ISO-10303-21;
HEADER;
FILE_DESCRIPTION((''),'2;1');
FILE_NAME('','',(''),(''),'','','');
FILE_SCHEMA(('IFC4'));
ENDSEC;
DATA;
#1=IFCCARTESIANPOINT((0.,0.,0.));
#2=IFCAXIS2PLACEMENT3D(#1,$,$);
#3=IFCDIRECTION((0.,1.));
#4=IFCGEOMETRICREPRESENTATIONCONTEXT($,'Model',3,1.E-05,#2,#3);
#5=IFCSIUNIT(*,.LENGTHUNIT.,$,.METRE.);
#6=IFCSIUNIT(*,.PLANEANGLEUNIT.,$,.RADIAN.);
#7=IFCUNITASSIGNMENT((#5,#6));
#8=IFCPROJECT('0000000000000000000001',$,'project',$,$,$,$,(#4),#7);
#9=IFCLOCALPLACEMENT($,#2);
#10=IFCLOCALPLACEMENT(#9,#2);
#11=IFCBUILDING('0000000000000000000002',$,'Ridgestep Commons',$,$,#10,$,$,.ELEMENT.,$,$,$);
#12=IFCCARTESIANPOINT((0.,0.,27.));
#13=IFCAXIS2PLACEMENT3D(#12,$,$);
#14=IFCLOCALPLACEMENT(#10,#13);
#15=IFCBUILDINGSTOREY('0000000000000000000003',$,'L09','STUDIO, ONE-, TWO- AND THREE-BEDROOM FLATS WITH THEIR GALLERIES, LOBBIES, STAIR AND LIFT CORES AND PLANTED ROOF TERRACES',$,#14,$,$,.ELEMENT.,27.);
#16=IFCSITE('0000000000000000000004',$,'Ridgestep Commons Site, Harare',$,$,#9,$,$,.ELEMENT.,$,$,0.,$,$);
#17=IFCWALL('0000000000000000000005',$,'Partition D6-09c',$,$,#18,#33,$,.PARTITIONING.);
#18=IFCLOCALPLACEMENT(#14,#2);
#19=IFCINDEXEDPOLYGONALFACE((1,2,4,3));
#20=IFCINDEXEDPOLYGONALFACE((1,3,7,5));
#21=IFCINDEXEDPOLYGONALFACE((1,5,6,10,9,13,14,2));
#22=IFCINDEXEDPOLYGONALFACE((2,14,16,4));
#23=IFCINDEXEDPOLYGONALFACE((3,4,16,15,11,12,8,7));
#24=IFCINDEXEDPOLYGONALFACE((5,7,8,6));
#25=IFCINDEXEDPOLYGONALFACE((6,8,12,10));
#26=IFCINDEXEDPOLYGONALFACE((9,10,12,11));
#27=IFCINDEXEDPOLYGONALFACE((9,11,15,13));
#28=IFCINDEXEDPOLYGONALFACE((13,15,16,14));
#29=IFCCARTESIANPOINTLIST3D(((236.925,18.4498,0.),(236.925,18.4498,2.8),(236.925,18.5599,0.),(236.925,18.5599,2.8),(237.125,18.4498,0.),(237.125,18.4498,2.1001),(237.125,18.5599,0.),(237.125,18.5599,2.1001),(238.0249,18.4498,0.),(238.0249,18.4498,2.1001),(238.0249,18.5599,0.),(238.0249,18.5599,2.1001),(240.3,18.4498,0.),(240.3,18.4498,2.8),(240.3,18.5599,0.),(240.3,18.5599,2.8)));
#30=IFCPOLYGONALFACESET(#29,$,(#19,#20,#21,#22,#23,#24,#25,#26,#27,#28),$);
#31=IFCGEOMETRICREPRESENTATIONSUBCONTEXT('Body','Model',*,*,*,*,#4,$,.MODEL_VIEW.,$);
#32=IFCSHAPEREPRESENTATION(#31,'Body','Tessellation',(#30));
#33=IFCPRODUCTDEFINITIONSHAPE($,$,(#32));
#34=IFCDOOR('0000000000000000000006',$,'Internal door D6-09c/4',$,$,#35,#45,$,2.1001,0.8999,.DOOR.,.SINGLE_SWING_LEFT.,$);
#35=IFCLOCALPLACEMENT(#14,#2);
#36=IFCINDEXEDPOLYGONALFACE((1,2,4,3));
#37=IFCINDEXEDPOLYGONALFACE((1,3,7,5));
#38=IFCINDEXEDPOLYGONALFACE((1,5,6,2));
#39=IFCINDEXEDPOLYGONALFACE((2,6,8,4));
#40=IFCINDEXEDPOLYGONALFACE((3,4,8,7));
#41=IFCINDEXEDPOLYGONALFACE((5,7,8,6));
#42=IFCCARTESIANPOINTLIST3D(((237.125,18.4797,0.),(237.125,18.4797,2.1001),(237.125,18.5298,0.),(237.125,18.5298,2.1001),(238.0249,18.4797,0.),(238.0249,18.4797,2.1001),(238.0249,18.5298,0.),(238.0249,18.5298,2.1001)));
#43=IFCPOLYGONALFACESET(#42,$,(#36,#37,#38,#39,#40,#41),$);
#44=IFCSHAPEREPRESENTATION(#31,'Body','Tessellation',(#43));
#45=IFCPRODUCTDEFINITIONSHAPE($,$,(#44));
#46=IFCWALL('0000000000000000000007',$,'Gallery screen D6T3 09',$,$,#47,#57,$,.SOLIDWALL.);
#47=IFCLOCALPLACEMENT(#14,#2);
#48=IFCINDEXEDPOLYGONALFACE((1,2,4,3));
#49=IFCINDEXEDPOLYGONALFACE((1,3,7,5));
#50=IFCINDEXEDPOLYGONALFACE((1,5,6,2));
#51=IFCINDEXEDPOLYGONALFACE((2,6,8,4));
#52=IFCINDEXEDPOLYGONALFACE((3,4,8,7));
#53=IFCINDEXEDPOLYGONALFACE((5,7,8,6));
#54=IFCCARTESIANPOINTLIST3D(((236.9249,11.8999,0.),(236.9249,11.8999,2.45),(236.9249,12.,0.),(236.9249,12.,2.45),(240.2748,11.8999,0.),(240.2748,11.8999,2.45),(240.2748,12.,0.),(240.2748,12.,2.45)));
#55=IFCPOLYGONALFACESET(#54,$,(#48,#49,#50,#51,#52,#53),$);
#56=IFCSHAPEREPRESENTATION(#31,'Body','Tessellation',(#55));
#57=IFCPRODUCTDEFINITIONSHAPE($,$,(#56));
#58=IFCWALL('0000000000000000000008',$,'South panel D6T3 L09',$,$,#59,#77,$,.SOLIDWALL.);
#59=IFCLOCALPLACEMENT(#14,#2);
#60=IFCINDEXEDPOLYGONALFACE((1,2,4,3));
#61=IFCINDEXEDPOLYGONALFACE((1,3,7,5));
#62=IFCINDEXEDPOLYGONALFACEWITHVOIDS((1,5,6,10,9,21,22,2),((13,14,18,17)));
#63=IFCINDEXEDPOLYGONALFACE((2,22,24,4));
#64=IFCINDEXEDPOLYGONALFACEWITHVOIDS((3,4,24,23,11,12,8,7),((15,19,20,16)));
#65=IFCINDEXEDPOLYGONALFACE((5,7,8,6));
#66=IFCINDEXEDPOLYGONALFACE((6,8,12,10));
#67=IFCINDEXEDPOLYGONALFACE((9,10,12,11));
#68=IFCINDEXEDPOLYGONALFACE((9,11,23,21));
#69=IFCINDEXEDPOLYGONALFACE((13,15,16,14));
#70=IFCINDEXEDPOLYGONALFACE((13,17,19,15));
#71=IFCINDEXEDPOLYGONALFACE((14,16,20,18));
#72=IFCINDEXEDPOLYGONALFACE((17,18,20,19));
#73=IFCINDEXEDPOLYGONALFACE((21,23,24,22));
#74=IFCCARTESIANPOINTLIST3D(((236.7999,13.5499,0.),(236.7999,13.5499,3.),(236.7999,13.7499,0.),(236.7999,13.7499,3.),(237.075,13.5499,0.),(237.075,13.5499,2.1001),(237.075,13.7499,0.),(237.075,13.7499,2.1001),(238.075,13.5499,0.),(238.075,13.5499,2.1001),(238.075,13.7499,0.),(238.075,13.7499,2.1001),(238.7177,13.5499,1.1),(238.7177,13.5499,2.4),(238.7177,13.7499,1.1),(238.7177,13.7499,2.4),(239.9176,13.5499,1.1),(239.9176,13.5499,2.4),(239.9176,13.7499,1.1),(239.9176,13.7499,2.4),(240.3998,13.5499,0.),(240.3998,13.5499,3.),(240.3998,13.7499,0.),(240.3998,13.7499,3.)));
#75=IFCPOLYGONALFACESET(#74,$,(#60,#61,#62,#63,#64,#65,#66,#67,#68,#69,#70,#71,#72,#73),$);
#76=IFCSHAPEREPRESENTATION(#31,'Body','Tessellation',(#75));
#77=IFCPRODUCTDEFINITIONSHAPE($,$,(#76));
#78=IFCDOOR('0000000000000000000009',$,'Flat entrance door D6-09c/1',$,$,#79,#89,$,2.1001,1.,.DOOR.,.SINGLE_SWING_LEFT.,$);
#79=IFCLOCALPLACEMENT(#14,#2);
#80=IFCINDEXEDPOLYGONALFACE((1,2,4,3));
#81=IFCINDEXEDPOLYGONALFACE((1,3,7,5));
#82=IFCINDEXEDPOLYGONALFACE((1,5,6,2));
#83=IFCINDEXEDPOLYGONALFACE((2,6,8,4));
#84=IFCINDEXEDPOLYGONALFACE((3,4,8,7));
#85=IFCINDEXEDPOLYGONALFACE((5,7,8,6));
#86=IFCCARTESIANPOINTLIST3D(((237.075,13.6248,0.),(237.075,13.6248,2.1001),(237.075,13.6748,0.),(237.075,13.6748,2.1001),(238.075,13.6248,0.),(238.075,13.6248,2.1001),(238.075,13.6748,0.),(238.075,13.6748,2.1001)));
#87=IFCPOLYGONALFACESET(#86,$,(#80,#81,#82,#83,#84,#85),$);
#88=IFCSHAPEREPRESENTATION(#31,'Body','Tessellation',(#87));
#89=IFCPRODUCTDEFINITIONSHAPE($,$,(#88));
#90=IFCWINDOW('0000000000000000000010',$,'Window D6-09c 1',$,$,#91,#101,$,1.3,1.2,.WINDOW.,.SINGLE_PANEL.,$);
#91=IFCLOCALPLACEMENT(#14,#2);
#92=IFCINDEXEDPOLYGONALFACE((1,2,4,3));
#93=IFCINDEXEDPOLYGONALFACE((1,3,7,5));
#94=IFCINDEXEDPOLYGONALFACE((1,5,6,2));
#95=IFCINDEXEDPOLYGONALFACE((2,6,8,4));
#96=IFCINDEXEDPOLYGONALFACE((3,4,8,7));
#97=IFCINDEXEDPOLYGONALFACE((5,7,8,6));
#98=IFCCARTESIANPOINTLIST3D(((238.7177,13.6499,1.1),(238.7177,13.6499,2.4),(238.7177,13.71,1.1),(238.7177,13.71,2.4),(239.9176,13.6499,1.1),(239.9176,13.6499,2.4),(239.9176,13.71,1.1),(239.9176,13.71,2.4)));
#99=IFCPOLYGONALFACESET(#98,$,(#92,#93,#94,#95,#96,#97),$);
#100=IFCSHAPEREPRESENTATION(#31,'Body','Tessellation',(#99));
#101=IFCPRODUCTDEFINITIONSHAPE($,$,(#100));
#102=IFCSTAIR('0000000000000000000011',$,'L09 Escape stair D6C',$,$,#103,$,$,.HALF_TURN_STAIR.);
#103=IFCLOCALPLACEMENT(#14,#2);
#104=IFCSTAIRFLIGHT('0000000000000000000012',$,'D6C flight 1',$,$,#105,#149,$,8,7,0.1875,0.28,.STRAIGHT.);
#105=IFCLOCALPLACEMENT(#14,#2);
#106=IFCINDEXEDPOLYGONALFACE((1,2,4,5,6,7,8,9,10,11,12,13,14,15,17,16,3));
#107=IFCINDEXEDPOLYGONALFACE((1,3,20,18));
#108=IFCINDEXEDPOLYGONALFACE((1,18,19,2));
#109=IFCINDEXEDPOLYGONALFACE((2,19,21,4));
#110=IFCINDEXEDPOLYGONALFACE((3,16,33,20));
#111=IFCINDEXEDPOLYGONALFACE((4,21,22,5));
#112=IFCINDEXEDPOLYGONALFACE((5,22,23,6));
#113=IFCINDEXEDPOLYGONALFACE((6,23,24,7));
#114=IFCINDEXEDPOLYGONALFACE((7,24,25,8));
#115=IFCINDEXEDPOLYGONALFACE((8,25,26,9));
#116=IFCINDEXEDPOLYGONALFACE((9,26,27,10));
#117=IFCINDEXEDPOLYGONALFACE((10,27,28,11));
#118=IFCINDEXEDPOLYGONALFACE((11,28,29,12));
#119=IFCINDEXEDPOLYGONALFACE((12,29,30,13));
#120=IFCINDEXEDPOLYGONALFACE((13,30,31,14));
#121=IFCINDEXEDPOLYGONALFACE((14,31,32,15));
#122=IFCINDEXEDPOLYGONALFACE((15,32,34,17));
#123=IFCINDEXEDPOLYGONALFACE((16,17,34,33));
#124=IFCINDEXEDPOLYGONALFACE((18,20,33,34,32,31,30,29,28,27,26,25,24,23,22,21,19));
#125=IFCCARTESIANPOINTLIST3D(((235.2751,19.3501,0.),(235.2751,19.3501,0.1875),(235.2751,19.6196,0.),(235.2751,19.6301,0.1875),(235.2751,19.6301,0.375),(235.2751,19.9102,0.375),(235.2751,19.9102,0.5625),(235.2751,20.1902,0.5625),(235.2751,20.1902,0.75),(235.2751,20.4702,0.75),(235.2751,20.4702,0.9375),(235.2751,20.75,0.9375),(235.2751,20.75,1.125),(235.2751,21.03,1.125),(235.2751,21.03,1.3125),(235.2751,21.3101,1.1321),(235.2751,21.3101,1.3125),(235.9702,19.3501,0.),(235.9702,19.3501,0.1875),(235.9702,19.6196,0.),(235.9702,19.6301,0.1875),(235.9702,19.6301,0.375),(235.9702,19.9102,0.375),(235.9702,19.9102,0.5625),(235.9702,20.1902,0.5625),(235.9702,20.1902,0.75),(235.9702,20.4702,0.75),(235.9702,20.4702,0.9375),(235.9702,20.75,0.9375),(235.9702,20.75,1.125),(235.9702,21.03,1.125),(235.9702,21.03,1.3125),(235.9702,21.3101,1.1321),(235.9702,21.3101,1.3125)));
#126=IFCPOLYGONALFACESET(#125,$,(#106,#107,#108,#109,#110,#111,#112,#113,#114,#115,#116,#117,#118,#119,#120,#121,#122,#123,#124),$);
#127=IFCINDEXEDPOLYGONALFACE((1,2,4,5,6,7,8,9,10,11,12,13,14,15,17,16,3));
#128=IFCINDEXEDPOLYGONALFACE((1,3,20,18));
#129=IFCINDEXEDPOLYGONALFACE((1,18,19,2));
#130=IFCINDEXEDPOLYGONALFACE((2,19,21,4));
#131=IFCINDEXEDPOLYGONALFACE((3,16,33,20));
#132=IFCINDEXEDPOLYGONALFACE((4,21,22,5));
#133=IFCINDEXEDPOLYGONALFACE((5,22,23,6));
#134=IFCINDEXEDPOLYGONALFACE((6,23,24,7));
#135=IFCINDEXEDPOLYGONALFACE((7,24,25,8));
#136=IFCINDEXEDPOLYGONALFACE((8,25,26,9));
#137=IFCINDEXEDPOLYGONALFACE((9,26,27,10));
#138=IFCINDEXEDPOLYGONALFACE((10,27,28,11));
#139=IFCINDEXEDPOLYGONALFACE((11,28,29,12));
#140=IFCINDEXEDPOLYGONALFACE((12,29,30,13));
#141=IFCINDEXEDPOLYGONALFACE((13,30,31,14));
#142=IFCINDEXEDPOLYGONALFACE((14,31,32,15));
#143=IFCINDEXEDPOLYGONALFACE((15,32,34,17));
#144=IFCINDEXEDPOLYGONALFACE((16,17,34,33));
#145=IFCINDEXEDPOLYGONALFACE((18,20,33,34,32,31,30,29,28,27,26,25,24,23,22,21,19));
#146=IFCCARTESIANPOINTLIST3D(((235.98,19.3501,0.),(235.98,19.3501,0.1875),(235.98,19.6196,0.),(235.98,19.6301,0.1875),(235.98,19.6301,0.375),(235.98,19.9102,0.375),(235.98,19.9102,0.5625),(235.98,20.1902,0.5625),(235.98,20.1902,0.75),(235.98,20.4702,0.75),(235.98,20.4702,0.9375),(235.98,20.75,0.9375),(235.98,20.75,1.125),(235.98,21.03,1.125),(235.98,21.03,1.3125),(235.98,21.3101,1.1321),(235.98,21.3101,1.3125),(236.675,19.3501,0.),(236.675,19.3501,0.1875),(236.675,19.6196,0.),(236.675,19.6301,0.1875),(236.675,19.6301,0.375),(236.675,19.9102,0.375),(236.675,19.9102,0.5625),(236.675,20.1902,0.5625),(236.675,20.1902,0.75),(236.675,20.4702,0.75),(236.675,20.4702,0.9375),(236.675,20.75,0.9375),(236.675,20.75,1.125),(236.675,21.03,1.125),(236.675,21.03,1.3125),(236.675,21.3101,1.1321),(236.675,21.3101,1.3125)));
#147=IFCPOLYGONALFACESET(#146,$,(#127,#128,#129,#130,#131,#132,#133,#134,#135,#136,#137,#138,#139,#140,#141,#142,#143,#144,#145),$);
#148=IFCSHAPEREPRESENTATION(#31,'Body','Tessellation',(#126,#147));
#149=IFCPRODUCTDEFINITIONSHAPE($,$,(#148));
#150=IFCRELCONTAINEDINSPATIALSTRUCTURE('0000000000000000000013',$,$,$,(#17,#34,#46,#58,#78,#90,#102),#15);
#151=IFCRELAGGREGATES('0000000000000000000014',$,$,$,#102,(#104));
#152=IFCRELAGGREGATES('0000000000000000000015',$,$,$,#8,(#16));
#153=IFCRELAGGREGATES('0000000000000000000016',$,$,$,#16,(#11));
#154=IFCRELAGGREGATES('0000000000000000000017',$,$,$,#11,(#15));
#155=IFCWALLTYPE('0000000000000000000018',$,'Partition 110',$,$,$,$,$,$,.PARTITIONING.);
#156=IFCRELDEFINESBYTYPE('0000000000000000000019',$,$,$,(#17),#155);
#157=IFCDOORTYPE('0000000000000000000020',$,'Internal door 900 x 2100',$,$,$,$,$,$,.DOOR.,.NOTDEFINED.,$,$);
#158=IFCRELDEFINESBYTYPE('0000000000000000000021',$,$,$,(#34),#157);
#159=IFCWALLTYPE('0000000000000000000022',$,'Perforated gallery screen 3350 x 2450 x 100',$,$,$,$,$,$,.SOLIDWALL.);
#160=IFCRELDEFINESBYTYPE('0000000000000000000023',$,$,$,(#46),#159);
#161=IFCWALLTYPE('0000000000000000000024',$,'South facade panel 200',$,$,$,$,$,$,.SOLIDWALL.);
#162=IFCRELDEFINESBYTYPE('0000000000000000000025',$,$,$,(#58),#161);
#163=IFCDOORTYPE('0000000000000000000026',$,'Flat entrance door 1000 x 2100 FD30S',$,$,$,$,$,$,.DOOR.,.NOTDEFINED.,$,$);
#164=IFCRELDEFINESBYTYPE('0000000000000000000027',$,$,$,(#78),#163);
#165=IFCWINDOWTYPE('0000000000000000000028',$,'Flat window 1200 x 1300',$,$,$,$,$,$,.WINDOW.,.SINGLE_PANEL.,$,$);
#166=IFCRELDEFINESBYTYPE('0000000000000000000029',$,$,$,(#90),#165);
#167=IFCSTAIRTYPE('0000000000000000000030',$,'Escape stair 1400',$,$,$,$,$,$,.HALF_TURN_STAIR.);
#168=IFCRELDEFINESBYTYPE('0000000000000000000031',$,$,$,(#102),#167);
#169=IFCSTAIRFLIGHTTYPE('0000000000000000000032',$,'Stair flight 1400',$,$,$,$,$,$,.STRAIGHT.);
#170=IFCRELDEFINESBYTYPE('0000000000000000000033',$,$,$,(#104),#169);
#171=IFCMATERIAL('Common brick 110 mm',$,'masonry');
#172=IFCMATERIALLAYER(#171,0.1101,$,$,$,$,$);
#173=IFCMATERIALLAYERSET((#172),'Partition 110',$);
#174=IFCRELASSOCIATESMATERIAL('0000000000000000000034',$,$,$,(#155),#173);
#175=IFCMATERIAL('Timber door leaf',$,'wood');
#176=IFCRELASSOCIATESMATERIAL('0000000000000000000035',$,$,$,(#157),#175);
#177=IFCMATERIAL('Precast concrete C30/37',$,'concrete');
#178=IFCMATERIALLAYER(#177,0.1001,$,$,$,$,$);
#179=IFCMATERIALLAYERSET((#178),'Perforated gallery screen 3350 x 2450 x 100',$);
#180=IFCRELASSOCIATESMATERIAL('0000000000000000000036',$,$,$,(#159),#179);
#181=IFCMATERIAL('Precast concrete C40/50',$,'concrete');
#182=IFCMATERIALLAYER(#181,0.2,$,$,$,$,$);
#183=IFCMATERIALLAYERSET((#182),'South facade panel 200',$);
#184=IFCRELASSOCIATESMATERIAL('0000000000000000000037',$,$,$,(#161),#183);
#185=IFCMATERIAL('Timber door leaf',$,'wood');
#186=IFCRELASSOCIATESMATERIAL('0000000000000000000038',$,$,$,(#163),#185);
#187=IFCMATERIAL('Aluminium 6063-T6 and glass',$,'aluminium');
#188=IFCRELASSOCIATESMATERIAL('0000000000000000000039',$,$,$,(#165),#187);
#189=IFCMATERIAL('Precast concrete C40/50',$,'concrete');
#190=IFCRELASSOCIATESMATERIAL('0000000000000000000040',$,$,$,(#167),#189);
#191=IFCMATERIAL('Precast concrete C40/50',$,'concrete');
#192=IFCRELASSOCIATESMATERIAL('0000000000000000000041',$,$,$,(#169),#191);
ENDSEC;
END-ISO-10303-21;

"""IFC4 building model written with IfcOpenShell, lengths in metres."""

from ifc_helpers import new_model, si_unit, direction, frame, frame_2d, origin, place, context, subcontext, project, spatial, polyline, rectangle, outline, extrude, material, layer, layer_set, type_object, element, fill, aggregate, save


model = new_model("IFC4")

# Units and contexts
model_context = context("Model", 3, precision=1e-05, world=origin(), true_north=direction((0.0, 1.0)))
body_context = subcontext(model_context, "Body", "Model", "MODEL_VIEW")
ifc_project = project(units=[si_unit("LENGTHUNIT", "METRE"), si_unit("PLANEANGLEUNIT", "RADIAN")], contexts=[model_context])

# Site, building, storey
site_placement = place(None, origin())
site = spatial("IfcSite", under=ifc_project, at=site_placement, Name="Ridgestep Commons Site, Harare", CompositionType="ELEMENT", RefElevation=0.0)
building_placement = place(site_placement, origin())
building = spatial("IfcBuilding", under=site, at=building_placement, Name="Ridgestep Commons", CompositionType="ELEMENT")
storey_placement = place(building_placement, frame((0.0, 0.0, 27.0)))
storey = spatial("IfcBuildingStorey", under=building, at=storey_placement, Name="L09", Description="STUDIO, ONE-, TWO- AND THREE-BEDROOM FLATS WITH THEIR GALLERIES, LOBBIES, STAIR AND LIFT CORES AND PLANTED ROOF TERRACES", CompositionType="ELEMENT", Elevation=27.0)

# Shared definitions
ifc_material_1 = material(Name="Common brick 110 mm", Category="masonry")
ifc_layer_1 = layer(ifc_material_1, 0.1101)
ifc_layer_set_1 = layer_set([ifc_layer_1], Name="Partition 110")
wall_type_1 = type_object("IfcWallType", Name="Partition 110", PredefinedType="PARTITIONING", material=ifc_layer_set_1)

# Wall, opening, door
wall_1_placement = place(storey_placement, frame((236.925, 18.5049, 0.0), z_axis=(0.0, 0.0, 1.0), x_axis=(1.0, 0.0, 0.0)))
wall_1 = element("IfcWall", 1, at=wall_1_placement, inside=storey, type_object=wall_type_1, Name="Partition D6-09c", PredefinedType="PARTITIONING", context=body_context, shape_type="SweptSolid", body=[
    extrude(rectangle(XDim=3.375, YDim=0.1101, at=frame_2d((1.6875, 0.0))), origin(), (0.0, 0.0, 1.0), 2.8),
])
opening_1_placement = place(wall_1_placement, frame((0.2, 0.0, 0.0)))
opening_1 = element("IfcOpeningElement", 2, at=opening_1_placement, cuts=wall_1, PredefinedType="OPENING", context=body_context, shape_type="SweptSolid", body=[
    extrude(rectangle(XDim=0.8999, YDim=2.1001, at=frame_2d((0.45, 1.05))), frame((0.0, 0.0649, 0.0), z_axis=(0.0, -1.0, 0.0), x_axis=(1.0, 0.0, 0.0)), (0.0, 0.0, 1.0), 0.1301),
])
ifc_material_2 = material(Name="Timber door leaf", Category="wood")
door_type_1 = type_object("IfcDoorType", Name="Internal door 900 x 2100", OperationType="NOTDEFINED", PredefinedType="DOOR", material=ifc_material_2)
door_1_placement = place(opening_1_placement, origin())
door_1 = element("IfcDoor", 3, at=door_1_placement, inside=storey, type_object=door_type_1, Name="Internal door D6-09c/4", OperationType="SINGLE_SWING_LEFT", OverallHeight=2.1001, OverallWidth=0.8999, PredefinedType="DOOR", context=body_context, shape_type="SweptSolid", body=[
    extrude(rectangle(XDim=0.8999, YDim=2.1001, at=frame_2d((0.45, 1.05))), frame((0.0, 0.0249, 0.0), z_axis=(0.0, -1.0, 0.0), x_axis=(1.0, 0.0, 0.0)), (0.0, 0.0, 1.0), 0.05),
])
fill(opening_1, door_1)

# Wall
ifc_material_3 = material(Name="Precast concrete C30/37", Category="concrete")
ifc_layer_2 = layer(ifc_material_3, 0.1001)
ifc_layer_set_2 = layer_set([ifc_layer_2], Name="Perforated gallery screen 3350 x 2450 x 100")
wall_type_2 = type_object("IfcWallType", Name="Perforated gallery screen 3350 x 2450 x 100", PredefinedType="SOLIDWALL", material=ifc_layer_set_2)
wall_2_placement = place(storey_placement, frame((236.925, 11.95, 0.0), z_axis=(0.0, 0.0, 1.0), x_axis=(1.0, 0.0, 0.0)))
element("IfcWall", 4, at=wall_2_placement, inside=storey, type_object=wall_type_2, Name="Gallery screen D6T3 09", PredefinedType="SOLIDWALL", context=body_context, shape_type="SweptSolid", body=[
    extrude(rectangle(XDim=3.3499, YDim=0.1001, at=frame_2d((1.6748, 0.0))), origin(), (0.0, 0.0, 1.0), 2.45),
])

# Wall, openings, door, window
ifc_material_4 = material(Name="Precast concrete C40/50", Category="concrete")
ifc_layer_3 = layer(ifc_material_4, 0.2)
ifc_layer_set_3 = layer_set([ifc_layer_3], Name="South facade panel 200")
wall_type_3 = type_object("IfcWallType", Name="South facade panel 200", PredefinedType="SOLIDWALL", material=ifc_layer_set_3)
wall_3_placement = place(storey_placement, frame((236.8, 13.6499, 0.0), z_axis=(0.0, 0.0, 1.0), x_axis=(1.0, 0.0, 0.0)))
wall_3 = element("IfcWall", 5, at=wall_3_placement, inside=storey, type_object=wall_type_3, Name="South panel D6T3 L09", PredefinedType="SOLIDWALL", context=body_context, shape_type="SweptSolid", body=[
    extrude(rectangle(XDim=3.5999, YDim=0.2, at=frame_2d((1.7998, 0.0))), origin(), (0.0, 0.0, 1.0), 3.0),
])
opening_2_placement = place(wall_3_placement, frame((1.9175, 0.0, 1.1001)))
opening_2 = element("IfcOpeningElement", 6, at=opening_2_placement, cuts=wall_3, PredefinedType="OPENING", context=body_context, shape_type="SweptSolid", body=[
    extrude(rectangle(XDim=1.2, YDim=1.3, at=frame_2d((0.6001, 0.6499))), frame((0.0, 0.1099, 0.0), z_axis=(0.0, -1.0, 0.0), x_axis=(1.0, 0.0, 0.0)), (0.0, 0.0, 1.0), 0.22),
])
opening_3_placement = place(wall_3_placement, frame((0.2749, 0.0, 0.0)))
opening_3 = element("IfcOpeningElement", 7, at=opening_3_placement, cuts=wall_3, PredefinedType="OPENING", context=body_context, shape_type="SweptSolid", body=[
    extrude(rectangle(XDim=1.0, YDim=2.1001, at=frame_2d((0.5, 1.05))), frame((0.0, 0.1099, 0.0), z_axis=(0.0, -1.0, 0.0), x_axis=(1.0, 0.0, 0.0)), (0.0, 0.0, 1.0), 0.22),
])
ifc_material_5 = material(Name="Timber door leaf", Category="wood")
door_type_2 = type_object("IfcDoorType", Name="Flat entrance door 1000 x 2100 FD30S", OperationType="NOTDEFINED", PredefinedType="DOOR", material=ifc_material_5)
door_2_placement = place(opening_3_placement, origin())
door_2 = element("IfcDoor", 8, at=door_2_placement, inside=storey, type_object=door_type_2, Name="Flat entrance door D6-09c/1", OperationType="SINGLE_SWING_LEFT", OverallHeight=2.1001, OverallWidth=1.0, PredefinedType="DOOR", context=body_context, shape_type="SweptSolid", body=[
    extrude(rectangle(XDim=1.0, YDim=2.1001, at=frame_2d((0.5, 1.05))), frame((0.0, 0.0249, 0.0), z_axis=(0.0, -1.0, 0.0), x_axis=(1.0, 0.0, 0.0)), (0.0, 0.0, 1.0), 0.05),
])
fill(opening_3, door_2)
ifc_material_6 = material(Name="Aluminium 6063-T6 and glass", Category="aluminium")
window_type = type_object("IfcWindowType", Name="Flat window 1200 x 1300", PartitioningType="SINGLE_PANEL", PredefinedType="WINDOW", material=ifc_material_6)
window_placement = place(opening_2_placement, origin())
window = element("IfcWindow", 9, at=window_placement, inside=storey, type_object=window_type, Name="Window D6-09c 1", OverallHeight=1.3, OverallWidth=1.2, PartitioningType="SINGLE_PANEL", PredefinedType="WINDOW", context=body_context, shape_type="SweptSolid", body=[
    extrude(rectangle(XDim=1.2, YDim=1.3, at=frame_2d((0.6001, 0.6499))), frame((0.0, 0.0601, 0.0), z_axis=(0.0, -1.0, 0.0), x_axis=(1.0, 0.0, 0.0)), (0.0, 0.0, 1.0), 0.0601),
])
fill(opening_2, window)

# Stair, stair flight
ifc_material_7 = material(Name="Precast concrete C40/50", Category="concrete")
stair_type = type_object("IfcStairType", Name="Escape stair 1400", PredefinedType="HALF_TURN_STAIR", material=ifc_material_7)
stair_placement = place(storey_placement, origin())
stair = element("IfcStair", 10, at=stair_placement, inside=storey, type_object=stair_type, Name="L09 Escape stair D6C", PredefinedType="HALF_TURN_STAIR")
ifc_material_8 = material(Name="Precast concrete C40/50", Category="concrete")
stair_flight_type = type_object("IfcStairFlightType", Name="Stair flight 1400", PredefinedType="STRAIGHT", material=ifc_material_8)
stair_flight_1_placement = place(storey_placement, frame((235.9751, 19.3501, 0.0), z_axis=(0.0, 0.0, 1.0), x_axis=(0.0, 1.0, 0.0)))
stair_flight_1 = element("IfcStairFlight", 11, at=stair_flight_1_placement, type_object=stair_flight_type, Name="D6C flight 1", NumberOfRisers=8, NumberOfTreads=7, PredefinedType="STRAIGHT", RiserHeight=0.1875, TreadLength=0.28, context=body_context, shape_type="SweptSolid", body=[
    extrude(outline(polyline([(0.0, 0.0), (0.0, 0.1875), (0.28, 0.1875), (0.28, 0.375), (0.5601, 0.375), (0.5601, 0.5625), (0.8401, 0.5625), (0.8401, 0.75), (1.1201, 0.75), (1.1201, 0.9375), (1.3999, 0.9375), (1.3999, 1.125), (1.6799, 1.125), (1.6799, 1.3125), (1.96, 1.3125), (1.96, 1.5), (1.96, 1.1321), (0.2695, 0.0), (0.0, 0.0)])), frame((0.0, 0.7, 0.0), z_axis=(0.0, -1.0, 0.0), x_axis=(1.0, 0.0, 0.0)), (0.0, 0.0, 1.0), 0.6951),
    extrude(outline(polyline([(0.0, 0.0), (0.0, 0.1875), (0.28, 0.1875), (0.28, 0.375), (0.5601, 0.375), (0.5601, 0.5625), (0.8401, 0.5625), (0.8401, 0.75), (1.1201, 0.75), (1.1201, 0.9375), (1.3999, 0.9375), (1.3999, 1.125), (1.6799, 1.125), (1.6799, 1.3125), (1.96, 1.3125), (1.96, 1.5), (1.96, 1.1321), (0.2695, 0.0), (0.0, 0.0)])), frame((0.0, -0.0049, 0.0), z_axis=(0.0, -1.0, 0.0), x_axis=(1.0, 0.0, 0.0)), (0.0, 0.0, 1.0), 0.6951),
])
aggregate(stair, [stair_flight_1])

save(model, "model.ifc")
